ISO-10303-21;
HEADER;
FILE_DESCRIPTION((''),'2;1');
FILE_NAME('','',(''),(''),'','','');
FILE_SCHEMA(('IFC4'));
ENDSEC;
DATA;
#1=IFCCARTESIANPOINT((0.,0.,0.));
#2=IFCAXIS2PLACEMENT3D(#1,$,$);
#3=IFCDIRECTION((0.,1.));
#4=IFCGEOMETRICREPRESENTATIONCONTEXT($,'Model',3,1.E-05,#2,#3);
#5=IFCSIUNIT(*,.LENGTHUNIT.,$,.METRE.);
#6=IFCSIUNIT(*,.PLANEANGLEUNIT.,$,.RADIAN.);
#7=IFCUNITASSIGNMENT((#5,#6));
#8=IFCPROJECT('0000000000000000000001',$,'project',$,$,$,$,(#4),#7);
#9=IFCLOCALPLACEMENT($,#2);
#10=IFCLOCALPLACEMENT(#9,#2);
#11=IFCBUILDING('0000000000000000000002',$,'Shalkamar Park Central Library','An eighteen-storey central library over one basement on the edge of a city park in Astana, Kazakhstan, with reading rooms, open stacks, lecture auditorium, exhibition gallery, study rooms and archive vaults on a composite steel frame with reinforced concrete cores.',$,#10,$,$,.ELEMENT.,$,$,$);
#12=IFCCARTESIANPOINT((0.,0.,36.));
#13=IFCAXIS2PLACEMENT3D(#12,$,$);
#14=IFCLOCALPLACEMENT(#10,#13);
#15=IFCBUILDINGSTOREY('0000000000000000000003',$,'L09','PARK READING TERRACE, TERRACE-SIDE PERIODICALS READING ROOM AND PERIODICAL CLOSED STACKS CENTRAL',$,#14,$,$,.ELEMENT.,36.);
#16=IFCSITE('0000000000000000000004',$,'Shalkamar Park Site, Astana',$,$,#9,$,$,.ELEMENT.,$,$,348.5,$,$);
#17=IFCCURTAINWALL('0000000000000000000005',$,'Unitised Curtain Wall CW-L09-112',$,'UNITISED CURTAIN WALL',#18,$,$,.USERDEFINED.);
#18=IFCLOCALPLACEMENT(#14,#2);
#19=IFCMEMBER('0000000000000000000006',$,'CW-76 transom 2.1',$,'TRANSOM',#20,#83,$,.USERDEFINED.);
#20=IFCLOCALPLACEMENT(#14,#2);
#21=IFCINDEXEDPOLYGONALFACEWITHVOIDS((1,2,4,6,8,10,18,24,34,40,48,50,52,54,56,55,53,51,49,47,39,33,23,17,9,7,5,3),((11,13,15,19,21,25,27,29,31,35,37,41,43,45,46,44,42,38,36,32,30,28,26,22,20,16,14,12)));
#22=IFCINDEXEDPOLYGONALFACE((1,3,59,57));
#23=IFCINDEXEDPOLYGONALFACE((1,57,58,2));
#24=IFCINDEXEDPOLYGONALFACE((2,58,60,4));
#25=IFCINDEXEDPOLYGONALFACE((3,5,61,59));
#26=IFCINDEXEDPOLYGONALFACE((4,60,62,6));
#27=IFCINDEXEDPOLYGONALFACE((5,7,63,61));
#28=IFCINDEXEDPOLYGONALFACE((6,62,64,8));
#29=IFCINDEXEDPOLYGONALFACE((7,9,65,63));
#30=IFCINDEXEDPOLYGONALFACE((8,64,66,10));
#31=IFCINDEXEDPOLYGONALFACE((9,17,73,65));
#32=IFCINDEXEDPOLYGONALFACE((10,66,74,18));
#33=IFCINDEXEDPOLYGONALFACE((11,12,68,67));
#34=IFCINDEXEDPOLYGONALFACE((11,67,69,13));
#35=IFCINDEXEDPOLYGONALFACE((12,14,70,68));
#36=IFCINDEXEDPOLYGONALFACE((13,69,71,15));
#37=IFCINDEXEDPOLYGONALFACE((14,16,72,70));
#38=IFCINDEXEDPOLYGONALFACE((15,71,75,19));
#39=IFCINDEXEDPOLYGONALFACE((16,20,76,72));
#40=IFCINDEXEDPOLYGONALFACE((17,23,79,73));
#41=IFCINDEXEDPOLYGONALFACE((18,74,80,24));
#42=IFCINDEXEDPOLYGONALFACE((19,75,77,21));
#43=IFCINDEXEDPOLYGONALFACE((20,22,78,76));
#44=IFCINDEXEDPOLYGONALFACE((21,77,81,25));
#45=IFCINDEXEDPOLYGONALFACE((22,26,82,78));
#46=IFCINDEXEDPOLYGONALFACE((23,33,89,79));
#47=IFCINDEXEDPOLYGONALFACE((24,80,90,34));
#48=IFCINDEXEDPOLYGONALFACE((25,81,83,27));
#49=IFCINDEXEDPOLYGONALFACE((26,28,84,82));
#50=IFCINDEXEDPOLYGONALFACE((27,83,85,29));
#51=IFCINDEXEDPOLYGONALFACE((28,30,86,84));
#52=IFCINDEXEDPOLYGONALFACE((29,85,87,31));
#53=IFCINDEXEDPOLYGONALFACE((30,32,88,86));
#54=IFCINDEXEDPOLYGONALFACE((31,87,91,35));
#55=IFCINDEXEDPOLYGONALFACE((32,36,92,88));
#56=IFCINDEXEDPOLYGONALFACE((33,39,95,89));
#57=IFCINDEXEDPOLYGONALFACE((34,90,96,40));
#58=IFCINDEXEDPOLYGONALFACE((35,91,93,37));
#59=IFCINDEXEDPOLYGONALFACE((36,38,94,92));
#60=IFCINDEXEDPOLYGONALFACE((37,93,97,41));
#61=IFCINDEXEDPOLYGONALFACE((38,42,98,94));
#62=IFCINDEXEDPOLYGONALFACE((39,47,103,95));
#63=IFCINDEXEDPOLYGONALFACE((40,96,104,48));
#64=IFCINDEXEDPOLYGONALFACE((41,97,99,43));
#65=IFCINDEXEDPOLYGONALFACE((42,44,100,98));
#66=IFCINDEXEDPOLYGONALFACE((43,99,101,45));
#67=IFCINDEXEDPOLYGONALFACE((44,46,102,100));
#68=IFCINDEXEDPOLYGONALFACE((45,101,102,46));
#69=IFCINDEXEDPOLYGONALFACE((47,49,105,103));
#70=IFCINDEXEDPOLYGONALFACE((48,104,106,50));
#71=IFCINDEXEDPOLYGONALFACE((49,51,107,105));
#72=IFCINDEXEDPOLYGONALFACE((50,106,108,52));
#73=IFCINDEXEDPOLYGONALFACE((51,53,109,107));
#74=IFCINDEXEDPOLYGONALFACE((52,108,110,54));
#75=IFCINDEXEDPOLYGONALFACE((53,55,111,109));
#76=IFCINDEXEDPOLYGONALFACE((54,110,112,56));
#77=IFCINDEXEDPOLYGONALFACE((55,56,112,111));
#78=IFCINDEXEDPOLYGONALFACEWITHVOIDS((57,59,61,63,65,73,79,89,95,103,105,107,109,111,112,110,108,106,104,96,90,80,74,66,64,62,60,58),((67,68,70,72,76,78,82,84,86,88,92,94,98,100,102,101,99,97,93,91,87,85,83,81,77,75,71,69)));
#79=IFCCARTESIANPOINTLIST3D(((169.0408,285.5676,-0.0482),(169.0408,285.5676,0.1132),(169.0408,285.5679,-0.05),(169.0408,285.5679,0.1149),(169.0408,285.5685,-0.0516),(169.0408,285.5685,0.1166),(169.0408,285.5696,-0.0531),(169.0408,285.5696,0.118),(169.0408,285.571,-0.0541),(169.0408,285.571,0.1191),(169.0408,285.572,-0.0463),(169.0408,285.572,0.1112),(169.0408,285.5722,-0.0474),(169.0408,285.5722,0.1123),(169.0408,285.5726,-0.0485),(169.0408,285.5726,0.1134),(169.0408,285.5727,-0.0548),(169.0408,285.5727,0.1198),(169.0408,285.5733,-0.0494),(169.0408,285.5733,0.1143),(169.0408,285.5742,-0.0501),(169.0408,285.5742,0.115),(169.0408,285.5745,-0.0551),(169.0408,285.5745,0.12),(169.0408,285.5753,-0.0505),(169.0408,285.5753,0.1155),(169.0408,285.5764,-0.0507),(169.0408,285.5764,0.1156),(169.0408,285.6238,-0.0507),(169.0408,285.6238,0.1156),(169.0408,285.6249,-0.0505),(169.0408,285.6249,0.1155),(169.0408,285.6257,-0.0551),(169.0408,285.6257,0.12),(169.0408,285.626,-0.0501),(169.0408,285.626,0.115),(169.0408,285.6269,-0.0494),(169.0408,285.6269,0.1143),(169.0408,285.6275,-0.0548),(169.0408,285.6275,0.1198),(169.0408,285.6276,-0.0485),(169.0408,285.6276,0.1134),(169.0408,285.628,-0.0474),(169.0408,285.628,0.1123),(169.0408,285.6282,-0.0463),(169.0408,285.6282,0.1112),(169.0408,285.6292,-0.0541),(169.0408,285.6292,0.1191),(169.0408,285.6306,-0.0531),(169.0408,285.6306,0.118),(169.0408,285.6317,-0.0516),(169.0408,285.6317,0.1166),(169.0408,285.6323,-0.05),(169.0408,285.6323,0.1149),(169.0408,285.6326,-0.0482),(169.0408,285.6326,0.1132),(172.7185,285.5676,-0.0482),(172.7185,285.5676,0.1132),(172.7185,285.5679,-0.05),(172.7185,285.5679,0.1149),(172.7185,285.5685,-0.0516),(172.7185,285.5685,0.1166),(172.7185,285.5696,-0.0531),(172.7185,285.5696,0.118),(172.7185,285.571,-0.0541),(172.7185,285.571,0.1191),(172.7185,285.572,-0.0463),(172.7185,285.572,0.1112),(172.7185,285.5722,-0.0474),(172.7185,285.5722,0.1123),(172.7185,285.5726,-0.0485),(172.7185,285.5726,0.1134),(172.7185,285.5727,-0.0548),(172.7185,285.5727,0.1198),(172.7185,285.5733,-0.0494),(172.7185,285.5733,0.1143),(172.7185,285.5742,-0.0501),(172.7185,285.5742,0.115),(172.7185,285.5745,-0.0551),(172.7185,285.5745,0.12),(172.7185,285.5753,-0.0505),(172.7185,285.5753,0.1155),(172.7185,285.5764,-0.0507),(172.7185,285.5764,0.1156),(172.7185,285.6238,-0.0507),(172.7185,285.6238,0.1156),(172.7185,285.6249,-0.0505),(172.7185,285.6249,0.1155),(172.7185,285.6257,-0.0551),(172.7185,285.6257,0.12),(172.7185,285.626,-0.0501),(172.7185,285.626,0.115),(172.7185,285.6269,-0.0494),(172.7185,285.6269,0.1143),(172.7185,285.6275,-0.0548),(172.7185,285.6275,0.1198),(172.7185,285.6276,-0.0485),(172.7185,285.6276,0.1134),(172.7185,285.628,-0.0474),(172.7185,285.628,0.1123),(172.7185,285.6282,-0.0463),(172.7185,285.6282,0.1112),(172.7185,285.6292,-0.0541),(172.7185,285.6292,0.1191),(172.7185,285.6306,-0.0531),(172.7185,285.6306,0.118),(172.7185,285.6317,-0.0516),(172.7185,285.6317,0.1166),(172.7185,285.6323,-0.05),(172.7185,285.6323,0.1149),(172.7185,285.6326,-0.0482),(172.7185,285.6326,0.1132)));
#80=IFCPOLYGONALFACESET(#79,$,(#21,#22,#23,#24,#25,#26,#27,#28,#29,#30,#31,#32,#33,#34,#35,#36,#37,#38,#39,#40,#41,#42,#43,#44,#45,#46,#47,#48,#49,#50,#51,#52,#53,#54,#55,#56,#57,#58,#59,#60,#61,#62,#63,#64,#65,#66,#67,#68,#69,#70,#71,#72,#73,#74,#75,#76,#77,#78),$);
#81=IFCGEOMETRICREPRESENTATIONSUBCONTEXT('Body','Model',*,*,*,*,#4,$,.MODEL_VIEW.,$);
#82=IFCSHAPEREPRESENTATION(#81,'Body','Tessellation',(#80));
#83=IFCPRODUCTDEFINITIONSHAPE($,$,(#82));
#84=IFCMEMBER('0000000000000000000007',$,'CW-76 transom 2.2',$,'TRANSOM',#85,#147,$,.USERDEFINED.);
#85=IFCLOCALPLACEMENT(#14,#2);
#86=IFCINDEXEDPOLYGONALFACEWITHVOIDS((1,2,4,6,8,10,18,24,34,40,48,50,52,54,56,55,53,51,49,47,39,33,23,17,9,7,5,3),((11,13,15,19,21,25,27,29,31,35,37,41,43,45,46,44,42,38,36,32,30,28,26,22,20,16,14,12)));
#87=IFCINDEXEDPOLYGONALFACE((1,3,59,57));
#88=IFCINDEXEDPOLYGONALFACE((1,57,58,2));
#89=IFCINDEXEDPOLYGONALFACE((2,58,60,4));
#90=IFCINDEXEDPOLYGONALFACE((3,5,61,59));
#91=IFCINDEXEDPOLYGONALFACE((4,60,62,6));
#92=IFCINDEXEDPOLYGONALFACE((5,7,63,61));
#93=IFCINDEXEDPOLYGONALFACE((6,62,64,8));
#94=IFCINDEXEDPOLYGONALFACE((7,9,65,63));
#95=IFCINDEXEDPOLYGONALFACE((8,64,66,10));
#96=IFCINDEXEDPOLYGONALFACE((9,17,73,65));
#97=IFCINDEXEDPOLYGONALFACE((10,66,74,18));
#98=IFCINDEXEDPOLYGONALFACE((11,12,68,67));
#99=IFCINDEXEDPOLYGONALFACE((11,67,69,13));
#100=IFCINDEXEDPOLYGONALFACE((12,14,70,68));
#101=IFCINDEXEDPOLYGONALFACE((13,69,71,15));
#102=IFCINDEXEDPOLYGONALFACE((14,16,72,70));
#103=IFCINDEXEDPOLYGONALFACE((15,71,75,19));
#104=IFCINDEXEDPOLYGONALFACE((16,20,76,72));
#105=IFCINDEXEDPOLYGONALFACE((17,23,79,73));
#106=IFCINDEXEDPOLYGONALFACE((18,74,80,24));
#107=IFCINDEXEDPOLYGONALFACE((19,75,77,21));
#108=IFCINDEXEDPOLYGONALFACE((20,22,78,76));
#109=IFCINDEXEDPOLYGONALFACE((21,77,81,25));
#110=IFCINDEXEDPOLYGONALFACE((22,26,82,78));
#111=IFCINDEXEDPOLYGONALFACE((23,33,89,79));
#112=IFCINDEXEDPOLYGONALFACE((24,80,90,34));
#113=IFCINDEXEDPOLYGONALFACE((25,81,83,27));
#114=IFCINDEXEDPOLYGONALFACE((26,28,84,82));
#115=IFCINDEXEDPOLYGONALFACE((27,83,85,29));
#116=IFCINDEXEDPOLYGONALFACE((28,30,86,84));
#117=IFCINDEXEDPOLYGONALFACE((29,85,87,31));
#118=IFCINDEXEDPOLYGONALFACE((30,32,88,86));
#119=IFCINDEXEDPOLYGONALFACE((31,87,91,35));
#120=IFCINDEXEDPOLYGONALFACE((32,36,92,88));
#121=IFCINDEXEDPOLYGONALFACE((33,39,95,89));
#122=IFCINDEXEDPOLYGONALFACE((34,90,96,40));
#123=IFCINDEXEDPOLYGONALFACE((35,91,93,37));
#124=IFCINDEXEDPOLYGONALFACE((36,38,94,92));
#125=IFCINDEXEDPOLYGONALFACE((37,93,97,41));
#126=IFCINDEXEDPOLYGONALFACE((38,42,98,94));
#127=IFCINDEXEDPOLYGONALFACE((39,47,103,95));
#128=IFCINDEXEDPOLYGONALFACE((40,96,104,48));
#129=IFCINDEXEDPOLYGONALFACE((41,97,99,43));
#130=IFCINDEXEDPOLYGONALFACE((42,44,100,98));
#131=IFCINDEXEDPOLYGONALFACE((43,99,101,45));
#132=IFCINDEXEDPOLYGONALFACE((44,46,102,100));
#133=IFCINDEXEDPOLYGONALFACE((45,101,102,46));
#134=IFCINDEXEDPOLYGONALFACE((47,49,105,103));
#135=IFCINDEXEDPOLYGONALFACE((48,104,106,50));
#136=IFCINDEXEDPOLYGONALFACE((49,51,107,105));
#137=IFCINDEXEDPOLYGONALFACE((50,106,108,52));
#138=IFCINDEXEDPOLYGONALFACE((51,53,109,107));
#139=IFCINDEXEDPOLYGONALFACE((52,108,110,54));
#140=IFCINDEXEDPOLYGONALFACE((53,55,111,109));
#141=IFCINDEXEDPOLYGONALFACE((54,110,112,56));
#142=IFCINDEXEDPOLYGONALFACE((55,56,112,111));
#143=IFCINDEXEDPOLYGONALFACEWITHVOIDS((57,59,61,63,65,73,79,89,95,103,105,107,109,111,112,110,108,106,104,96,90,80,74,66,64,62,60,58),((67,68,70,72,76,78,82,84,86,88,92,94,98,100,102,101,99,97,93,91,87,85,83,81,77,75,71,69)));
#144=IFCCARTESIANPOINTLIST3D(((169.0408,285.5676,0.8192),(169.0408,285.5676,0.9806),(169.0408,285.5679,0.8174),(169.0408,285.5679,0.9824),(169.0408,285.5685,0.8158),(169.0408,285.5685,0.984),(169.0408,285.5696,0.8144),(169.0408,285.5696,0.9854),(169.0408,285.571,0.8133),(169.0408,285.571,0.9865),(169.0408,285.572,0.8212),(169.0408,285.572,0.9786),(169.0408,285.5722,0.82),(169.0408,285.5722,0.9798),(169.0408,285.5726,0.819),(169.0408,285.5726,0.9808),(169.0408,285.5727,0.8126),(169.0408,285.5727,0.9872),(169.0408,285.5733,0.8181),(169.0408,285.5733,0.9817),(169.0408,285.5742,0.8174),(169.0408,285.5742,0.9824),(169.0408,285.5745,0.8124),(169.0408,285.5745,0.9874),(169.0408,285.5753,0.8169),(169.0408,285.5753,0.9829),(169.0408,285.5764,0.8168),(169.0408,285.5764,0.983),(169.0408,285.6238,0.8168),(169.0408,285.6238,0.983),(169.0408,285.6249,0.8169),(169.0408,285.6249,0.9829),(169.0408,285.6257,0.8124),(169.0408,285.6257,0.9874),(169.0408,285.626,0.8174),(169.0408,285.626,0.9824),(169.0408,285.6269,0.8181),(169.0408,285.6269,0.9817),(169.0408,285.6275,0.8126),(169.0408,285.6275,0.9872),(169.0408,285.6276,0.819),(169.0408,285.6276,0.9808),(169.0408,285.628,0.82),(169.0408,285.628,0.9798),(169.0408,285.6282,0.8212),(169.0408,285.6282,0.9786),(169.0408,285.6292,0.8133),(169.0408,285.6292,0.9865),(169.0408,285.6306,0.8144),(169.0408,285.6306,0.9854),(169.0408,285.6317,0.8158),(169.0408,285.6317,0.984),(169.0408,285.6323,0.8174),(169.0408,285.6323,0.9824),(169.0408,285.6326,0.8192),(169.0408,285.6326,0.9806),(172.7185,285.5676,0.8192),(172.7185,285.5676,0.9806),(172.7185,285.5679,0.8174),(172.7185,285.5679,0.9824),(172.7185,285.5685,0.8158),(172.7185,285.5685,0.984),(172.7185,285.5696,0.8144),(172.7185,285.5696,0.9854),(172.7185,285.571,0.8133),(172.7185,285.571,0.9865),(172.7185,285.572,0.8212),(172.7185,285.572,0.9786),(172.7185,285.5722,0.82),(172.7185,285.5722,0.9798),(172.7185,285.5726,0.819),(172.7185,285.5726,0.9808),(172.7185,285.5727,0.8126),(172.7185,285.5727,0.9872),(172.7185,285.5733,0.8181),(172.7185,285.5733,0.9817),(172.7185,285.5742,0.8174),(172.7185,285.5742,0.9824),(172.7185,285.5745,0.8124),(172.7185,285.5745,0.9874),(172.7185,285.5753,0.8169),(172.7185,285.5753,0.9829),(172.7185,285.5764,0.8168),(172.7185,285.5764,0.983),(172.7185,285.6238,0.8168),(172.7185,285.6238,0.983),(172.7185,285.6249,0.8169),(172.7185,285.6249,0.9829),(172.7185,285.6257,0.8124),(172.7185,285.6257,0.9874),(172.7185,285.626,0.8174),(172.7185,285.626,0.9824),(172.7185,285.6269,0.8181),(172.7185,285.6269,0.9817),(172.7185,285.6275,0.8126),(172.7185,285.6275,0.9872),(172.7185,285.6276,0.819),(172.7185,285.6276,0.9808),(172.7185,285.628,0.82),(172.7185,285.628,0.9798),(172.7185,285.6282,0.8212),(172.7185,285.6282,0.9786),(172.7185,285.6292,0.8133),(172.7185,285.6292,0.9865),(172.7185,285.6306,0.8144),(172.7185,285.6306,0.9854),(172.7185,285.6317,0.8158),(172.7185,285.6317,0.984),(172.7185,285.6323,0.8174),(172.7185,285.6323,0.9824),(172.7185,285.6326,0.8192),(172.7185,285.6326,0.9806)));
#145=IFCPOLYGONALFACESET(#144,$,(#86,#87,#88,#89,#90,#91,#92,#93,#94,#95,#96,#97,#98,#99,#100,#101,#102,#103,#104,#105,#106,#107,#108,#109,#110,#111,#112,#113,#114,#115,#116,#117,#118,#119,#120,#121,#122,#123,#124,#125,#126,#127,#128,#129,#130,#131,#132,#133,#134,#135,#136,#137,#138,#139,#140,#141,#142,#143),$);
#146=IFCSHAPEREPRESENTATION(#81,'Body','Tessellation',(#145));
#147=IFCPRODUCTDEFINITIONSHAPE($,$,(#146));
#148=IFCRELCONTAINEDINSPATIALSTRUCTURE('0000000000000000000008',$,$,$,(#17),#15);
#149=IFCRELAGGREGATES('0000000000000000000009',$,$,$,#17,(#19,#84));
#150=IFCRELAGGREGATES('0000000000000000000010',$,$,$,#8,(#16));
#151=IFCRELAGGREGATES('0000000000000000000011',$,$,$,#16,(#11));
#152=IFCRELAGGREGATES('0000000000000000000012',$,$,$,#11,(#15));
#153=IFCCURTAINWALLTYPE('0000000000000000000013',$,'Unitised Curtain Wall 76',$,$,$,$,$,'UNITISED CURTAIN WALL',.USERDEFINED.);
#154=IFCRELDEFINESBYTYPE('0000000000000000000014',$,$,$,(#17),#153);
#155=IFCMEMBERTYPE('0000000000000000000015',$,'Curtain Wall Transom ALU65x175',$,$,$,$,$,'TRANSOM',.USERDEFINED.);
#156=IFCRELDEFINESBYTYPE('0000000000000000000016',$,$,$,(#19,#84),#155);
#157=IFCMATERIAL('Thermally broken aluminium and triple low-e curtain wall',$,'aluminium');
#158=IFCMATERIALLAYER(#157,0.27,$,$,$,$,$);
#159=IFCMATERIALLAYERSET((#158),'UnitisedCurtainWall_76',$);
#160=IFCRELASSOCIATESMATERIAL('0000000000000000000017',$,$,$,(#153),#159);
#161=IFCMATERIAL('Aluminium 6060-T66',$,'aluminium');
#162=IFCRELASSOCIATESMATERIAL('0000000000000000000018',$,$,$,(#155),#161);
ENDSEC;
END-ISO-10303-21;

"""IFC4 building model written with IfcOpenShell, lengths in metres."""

from ifc_helpers import new_model, si_unit, direction, frame, origin, origin_2d, place, context, subcontext, project, spatial, hollow_rectangle, extrude, material, layer, layer_set, material_profile, profile_set, type_object, element, aggregate, save


model = new_model("IFC4")

# Units and contexts
model_context = context("Model", 3, precision=1e-05, world=origin(), true_north=direction((0.0, 1.0)))
body_context = subcontext(model_context, "Body", "Model", "MODEL_VIEW")
ifc_project = project(units=[si_unit("LENGTHUNIT", "METRE"), si_unit("PLANEANGLEUNIT", "RADIAN")], contexts=[model_context])

# Site, building, storey
site_placement = place(None, origin())
site = spatial("IfcSite", under=ifc_project, at=site_placement, Name="Shalkamar Park Site, Astana", CompositionType="ELEMENT", RefElevation=348.5)
building_placement = place(site_placement, origin())
building = spatial("IfcBuilding", under=site, at=building_placement, Name="Shalkamar Park Central Library", Description="An eighteen-storey central library over one basement on the edge of a city park in Astana, Kazakhstan, with reading rooms, open stacks, lecture auditorium, exhibition gallery, study rooms and archive vaults on a composite steel frame with reinforced concrete cores.", CompositionType="ELEMENT")
storey_placement = place(building_placement, frame((0.0, 0.0, 36.0)))
storey = spatial("IfcBuildingStorey", under=building, at=storey_placement, Name="L09", Description="PARK READING TERRACE, TERRACE-SIDE PERIODICALS READING ROOM AND PERIODICAL CLOSED STACKS CENTRAL", CompositionType="ELEMENT", Elevation=36.0)

# Curtain wall
ifc_material_1 = material(Name="Thermally broken aluminium and triple low-e curtain wall", Category="aluminium")
ifc_layer_1 = layer(ifc_material_1, 0.27)
ifc_layer_set_1 = layer_set([ifc_layer_1], Name="UnitisedCurtainWall_76")
curtain_wall_type_1 = type_object("IfcCurtainWallType", Name="Unitised Curtain Wall 76", ElementType="UNITISED CURTAIN WALL", PredefinedType="USERDEFINED", material=ifc_layer_set_1)
curtain_wall_1_placement = place(storey_placement, origin())
curtain_wall_1 = element("IfcCurtainWall", 1, at=curtain_wall_1_placement, inside=storey, type_object=curtain_wall_type_1, Name="Unitised Curtain Wall CW-L09-112", ObjectType="UNITISED CURTAIN WALL", PredefinedType="USERDEFINED")
ifc_material_2 = material(Name="Aluminium 6060-T66", Category="aluminium")

# Members
ifc_material_profile_1 = material_profile(ifc_material_2, hollow_rectangle(XDim=0.0649, YDim=0.175, WallThickness=0.0044, InnerFilletRadius=0.0044, OuterFilletRadius=0.0068, at=origin_2d()), Name="ALU 65x175x4.5")
ifc_profile_set_1 = profile_set([ifc_material_profile_1], Name="Aluminium 6060-T66")
member_type_1 = type_object("IfcMemberType", Name="Curtain Wall Transom ALU65x175", ElementType="TRANSOM", PredefinedType="USERDEFINED", material=ifc_profile_set_1)
member_1_placement = place(storey_placement, frame((169.0408, 285.6001, 0.0325), z_axis=(1.0, 0.0, 0.0), x_axis=(0.0, 1.0, 0.0)))
member_1 = element("IfcMember", 2, at=member_1_placement, type_object=member_type_1, Name="CW-76 transom 2.1", ObjectType="TRANSOM", PredefinedType="USERDEFINED", context=body_context, shape_type="SweptSolid", body=[
    extrude(hollow_rectangle(XDim=0.0649, YDim=0.175, WallThickness=0.0044, InnerFilletRadius=0.0044, OuterFilletRadius=0.0068, at=origin_2d()), origin(), (0.0, 0.0, 1.0), 3.6777),
])
member_2_placement = place(storey_placement, frame((169.0408, 285.6001, 0.8999), z_axis=(1.0, 0.0, 0.0), x_axis=(0.0, 1.0, 0.0)))
member_2 = element("IfcMember", 3, at=member_2_placement, type_object=member_type_1, Name="CW-76 transom 2.2", ObjectType="TRANSOM", PredefinedType="USERDEFINED", context=body_context, shape_type="SweptSolid", body=[
    extrude(hollow_rectangle(XDim=0.0649, YDim=0.175, WallThickness=0.0044, InnerFilletRadius=0.0044, OuterFilletRadius=0.0068, at=origin_2d()), origin(), (0.0, 0.0, 1.0), 3.6777),
])

aggregate(curtain_wall_1, [member_1, member_2])

save(model, "model.ifc")
